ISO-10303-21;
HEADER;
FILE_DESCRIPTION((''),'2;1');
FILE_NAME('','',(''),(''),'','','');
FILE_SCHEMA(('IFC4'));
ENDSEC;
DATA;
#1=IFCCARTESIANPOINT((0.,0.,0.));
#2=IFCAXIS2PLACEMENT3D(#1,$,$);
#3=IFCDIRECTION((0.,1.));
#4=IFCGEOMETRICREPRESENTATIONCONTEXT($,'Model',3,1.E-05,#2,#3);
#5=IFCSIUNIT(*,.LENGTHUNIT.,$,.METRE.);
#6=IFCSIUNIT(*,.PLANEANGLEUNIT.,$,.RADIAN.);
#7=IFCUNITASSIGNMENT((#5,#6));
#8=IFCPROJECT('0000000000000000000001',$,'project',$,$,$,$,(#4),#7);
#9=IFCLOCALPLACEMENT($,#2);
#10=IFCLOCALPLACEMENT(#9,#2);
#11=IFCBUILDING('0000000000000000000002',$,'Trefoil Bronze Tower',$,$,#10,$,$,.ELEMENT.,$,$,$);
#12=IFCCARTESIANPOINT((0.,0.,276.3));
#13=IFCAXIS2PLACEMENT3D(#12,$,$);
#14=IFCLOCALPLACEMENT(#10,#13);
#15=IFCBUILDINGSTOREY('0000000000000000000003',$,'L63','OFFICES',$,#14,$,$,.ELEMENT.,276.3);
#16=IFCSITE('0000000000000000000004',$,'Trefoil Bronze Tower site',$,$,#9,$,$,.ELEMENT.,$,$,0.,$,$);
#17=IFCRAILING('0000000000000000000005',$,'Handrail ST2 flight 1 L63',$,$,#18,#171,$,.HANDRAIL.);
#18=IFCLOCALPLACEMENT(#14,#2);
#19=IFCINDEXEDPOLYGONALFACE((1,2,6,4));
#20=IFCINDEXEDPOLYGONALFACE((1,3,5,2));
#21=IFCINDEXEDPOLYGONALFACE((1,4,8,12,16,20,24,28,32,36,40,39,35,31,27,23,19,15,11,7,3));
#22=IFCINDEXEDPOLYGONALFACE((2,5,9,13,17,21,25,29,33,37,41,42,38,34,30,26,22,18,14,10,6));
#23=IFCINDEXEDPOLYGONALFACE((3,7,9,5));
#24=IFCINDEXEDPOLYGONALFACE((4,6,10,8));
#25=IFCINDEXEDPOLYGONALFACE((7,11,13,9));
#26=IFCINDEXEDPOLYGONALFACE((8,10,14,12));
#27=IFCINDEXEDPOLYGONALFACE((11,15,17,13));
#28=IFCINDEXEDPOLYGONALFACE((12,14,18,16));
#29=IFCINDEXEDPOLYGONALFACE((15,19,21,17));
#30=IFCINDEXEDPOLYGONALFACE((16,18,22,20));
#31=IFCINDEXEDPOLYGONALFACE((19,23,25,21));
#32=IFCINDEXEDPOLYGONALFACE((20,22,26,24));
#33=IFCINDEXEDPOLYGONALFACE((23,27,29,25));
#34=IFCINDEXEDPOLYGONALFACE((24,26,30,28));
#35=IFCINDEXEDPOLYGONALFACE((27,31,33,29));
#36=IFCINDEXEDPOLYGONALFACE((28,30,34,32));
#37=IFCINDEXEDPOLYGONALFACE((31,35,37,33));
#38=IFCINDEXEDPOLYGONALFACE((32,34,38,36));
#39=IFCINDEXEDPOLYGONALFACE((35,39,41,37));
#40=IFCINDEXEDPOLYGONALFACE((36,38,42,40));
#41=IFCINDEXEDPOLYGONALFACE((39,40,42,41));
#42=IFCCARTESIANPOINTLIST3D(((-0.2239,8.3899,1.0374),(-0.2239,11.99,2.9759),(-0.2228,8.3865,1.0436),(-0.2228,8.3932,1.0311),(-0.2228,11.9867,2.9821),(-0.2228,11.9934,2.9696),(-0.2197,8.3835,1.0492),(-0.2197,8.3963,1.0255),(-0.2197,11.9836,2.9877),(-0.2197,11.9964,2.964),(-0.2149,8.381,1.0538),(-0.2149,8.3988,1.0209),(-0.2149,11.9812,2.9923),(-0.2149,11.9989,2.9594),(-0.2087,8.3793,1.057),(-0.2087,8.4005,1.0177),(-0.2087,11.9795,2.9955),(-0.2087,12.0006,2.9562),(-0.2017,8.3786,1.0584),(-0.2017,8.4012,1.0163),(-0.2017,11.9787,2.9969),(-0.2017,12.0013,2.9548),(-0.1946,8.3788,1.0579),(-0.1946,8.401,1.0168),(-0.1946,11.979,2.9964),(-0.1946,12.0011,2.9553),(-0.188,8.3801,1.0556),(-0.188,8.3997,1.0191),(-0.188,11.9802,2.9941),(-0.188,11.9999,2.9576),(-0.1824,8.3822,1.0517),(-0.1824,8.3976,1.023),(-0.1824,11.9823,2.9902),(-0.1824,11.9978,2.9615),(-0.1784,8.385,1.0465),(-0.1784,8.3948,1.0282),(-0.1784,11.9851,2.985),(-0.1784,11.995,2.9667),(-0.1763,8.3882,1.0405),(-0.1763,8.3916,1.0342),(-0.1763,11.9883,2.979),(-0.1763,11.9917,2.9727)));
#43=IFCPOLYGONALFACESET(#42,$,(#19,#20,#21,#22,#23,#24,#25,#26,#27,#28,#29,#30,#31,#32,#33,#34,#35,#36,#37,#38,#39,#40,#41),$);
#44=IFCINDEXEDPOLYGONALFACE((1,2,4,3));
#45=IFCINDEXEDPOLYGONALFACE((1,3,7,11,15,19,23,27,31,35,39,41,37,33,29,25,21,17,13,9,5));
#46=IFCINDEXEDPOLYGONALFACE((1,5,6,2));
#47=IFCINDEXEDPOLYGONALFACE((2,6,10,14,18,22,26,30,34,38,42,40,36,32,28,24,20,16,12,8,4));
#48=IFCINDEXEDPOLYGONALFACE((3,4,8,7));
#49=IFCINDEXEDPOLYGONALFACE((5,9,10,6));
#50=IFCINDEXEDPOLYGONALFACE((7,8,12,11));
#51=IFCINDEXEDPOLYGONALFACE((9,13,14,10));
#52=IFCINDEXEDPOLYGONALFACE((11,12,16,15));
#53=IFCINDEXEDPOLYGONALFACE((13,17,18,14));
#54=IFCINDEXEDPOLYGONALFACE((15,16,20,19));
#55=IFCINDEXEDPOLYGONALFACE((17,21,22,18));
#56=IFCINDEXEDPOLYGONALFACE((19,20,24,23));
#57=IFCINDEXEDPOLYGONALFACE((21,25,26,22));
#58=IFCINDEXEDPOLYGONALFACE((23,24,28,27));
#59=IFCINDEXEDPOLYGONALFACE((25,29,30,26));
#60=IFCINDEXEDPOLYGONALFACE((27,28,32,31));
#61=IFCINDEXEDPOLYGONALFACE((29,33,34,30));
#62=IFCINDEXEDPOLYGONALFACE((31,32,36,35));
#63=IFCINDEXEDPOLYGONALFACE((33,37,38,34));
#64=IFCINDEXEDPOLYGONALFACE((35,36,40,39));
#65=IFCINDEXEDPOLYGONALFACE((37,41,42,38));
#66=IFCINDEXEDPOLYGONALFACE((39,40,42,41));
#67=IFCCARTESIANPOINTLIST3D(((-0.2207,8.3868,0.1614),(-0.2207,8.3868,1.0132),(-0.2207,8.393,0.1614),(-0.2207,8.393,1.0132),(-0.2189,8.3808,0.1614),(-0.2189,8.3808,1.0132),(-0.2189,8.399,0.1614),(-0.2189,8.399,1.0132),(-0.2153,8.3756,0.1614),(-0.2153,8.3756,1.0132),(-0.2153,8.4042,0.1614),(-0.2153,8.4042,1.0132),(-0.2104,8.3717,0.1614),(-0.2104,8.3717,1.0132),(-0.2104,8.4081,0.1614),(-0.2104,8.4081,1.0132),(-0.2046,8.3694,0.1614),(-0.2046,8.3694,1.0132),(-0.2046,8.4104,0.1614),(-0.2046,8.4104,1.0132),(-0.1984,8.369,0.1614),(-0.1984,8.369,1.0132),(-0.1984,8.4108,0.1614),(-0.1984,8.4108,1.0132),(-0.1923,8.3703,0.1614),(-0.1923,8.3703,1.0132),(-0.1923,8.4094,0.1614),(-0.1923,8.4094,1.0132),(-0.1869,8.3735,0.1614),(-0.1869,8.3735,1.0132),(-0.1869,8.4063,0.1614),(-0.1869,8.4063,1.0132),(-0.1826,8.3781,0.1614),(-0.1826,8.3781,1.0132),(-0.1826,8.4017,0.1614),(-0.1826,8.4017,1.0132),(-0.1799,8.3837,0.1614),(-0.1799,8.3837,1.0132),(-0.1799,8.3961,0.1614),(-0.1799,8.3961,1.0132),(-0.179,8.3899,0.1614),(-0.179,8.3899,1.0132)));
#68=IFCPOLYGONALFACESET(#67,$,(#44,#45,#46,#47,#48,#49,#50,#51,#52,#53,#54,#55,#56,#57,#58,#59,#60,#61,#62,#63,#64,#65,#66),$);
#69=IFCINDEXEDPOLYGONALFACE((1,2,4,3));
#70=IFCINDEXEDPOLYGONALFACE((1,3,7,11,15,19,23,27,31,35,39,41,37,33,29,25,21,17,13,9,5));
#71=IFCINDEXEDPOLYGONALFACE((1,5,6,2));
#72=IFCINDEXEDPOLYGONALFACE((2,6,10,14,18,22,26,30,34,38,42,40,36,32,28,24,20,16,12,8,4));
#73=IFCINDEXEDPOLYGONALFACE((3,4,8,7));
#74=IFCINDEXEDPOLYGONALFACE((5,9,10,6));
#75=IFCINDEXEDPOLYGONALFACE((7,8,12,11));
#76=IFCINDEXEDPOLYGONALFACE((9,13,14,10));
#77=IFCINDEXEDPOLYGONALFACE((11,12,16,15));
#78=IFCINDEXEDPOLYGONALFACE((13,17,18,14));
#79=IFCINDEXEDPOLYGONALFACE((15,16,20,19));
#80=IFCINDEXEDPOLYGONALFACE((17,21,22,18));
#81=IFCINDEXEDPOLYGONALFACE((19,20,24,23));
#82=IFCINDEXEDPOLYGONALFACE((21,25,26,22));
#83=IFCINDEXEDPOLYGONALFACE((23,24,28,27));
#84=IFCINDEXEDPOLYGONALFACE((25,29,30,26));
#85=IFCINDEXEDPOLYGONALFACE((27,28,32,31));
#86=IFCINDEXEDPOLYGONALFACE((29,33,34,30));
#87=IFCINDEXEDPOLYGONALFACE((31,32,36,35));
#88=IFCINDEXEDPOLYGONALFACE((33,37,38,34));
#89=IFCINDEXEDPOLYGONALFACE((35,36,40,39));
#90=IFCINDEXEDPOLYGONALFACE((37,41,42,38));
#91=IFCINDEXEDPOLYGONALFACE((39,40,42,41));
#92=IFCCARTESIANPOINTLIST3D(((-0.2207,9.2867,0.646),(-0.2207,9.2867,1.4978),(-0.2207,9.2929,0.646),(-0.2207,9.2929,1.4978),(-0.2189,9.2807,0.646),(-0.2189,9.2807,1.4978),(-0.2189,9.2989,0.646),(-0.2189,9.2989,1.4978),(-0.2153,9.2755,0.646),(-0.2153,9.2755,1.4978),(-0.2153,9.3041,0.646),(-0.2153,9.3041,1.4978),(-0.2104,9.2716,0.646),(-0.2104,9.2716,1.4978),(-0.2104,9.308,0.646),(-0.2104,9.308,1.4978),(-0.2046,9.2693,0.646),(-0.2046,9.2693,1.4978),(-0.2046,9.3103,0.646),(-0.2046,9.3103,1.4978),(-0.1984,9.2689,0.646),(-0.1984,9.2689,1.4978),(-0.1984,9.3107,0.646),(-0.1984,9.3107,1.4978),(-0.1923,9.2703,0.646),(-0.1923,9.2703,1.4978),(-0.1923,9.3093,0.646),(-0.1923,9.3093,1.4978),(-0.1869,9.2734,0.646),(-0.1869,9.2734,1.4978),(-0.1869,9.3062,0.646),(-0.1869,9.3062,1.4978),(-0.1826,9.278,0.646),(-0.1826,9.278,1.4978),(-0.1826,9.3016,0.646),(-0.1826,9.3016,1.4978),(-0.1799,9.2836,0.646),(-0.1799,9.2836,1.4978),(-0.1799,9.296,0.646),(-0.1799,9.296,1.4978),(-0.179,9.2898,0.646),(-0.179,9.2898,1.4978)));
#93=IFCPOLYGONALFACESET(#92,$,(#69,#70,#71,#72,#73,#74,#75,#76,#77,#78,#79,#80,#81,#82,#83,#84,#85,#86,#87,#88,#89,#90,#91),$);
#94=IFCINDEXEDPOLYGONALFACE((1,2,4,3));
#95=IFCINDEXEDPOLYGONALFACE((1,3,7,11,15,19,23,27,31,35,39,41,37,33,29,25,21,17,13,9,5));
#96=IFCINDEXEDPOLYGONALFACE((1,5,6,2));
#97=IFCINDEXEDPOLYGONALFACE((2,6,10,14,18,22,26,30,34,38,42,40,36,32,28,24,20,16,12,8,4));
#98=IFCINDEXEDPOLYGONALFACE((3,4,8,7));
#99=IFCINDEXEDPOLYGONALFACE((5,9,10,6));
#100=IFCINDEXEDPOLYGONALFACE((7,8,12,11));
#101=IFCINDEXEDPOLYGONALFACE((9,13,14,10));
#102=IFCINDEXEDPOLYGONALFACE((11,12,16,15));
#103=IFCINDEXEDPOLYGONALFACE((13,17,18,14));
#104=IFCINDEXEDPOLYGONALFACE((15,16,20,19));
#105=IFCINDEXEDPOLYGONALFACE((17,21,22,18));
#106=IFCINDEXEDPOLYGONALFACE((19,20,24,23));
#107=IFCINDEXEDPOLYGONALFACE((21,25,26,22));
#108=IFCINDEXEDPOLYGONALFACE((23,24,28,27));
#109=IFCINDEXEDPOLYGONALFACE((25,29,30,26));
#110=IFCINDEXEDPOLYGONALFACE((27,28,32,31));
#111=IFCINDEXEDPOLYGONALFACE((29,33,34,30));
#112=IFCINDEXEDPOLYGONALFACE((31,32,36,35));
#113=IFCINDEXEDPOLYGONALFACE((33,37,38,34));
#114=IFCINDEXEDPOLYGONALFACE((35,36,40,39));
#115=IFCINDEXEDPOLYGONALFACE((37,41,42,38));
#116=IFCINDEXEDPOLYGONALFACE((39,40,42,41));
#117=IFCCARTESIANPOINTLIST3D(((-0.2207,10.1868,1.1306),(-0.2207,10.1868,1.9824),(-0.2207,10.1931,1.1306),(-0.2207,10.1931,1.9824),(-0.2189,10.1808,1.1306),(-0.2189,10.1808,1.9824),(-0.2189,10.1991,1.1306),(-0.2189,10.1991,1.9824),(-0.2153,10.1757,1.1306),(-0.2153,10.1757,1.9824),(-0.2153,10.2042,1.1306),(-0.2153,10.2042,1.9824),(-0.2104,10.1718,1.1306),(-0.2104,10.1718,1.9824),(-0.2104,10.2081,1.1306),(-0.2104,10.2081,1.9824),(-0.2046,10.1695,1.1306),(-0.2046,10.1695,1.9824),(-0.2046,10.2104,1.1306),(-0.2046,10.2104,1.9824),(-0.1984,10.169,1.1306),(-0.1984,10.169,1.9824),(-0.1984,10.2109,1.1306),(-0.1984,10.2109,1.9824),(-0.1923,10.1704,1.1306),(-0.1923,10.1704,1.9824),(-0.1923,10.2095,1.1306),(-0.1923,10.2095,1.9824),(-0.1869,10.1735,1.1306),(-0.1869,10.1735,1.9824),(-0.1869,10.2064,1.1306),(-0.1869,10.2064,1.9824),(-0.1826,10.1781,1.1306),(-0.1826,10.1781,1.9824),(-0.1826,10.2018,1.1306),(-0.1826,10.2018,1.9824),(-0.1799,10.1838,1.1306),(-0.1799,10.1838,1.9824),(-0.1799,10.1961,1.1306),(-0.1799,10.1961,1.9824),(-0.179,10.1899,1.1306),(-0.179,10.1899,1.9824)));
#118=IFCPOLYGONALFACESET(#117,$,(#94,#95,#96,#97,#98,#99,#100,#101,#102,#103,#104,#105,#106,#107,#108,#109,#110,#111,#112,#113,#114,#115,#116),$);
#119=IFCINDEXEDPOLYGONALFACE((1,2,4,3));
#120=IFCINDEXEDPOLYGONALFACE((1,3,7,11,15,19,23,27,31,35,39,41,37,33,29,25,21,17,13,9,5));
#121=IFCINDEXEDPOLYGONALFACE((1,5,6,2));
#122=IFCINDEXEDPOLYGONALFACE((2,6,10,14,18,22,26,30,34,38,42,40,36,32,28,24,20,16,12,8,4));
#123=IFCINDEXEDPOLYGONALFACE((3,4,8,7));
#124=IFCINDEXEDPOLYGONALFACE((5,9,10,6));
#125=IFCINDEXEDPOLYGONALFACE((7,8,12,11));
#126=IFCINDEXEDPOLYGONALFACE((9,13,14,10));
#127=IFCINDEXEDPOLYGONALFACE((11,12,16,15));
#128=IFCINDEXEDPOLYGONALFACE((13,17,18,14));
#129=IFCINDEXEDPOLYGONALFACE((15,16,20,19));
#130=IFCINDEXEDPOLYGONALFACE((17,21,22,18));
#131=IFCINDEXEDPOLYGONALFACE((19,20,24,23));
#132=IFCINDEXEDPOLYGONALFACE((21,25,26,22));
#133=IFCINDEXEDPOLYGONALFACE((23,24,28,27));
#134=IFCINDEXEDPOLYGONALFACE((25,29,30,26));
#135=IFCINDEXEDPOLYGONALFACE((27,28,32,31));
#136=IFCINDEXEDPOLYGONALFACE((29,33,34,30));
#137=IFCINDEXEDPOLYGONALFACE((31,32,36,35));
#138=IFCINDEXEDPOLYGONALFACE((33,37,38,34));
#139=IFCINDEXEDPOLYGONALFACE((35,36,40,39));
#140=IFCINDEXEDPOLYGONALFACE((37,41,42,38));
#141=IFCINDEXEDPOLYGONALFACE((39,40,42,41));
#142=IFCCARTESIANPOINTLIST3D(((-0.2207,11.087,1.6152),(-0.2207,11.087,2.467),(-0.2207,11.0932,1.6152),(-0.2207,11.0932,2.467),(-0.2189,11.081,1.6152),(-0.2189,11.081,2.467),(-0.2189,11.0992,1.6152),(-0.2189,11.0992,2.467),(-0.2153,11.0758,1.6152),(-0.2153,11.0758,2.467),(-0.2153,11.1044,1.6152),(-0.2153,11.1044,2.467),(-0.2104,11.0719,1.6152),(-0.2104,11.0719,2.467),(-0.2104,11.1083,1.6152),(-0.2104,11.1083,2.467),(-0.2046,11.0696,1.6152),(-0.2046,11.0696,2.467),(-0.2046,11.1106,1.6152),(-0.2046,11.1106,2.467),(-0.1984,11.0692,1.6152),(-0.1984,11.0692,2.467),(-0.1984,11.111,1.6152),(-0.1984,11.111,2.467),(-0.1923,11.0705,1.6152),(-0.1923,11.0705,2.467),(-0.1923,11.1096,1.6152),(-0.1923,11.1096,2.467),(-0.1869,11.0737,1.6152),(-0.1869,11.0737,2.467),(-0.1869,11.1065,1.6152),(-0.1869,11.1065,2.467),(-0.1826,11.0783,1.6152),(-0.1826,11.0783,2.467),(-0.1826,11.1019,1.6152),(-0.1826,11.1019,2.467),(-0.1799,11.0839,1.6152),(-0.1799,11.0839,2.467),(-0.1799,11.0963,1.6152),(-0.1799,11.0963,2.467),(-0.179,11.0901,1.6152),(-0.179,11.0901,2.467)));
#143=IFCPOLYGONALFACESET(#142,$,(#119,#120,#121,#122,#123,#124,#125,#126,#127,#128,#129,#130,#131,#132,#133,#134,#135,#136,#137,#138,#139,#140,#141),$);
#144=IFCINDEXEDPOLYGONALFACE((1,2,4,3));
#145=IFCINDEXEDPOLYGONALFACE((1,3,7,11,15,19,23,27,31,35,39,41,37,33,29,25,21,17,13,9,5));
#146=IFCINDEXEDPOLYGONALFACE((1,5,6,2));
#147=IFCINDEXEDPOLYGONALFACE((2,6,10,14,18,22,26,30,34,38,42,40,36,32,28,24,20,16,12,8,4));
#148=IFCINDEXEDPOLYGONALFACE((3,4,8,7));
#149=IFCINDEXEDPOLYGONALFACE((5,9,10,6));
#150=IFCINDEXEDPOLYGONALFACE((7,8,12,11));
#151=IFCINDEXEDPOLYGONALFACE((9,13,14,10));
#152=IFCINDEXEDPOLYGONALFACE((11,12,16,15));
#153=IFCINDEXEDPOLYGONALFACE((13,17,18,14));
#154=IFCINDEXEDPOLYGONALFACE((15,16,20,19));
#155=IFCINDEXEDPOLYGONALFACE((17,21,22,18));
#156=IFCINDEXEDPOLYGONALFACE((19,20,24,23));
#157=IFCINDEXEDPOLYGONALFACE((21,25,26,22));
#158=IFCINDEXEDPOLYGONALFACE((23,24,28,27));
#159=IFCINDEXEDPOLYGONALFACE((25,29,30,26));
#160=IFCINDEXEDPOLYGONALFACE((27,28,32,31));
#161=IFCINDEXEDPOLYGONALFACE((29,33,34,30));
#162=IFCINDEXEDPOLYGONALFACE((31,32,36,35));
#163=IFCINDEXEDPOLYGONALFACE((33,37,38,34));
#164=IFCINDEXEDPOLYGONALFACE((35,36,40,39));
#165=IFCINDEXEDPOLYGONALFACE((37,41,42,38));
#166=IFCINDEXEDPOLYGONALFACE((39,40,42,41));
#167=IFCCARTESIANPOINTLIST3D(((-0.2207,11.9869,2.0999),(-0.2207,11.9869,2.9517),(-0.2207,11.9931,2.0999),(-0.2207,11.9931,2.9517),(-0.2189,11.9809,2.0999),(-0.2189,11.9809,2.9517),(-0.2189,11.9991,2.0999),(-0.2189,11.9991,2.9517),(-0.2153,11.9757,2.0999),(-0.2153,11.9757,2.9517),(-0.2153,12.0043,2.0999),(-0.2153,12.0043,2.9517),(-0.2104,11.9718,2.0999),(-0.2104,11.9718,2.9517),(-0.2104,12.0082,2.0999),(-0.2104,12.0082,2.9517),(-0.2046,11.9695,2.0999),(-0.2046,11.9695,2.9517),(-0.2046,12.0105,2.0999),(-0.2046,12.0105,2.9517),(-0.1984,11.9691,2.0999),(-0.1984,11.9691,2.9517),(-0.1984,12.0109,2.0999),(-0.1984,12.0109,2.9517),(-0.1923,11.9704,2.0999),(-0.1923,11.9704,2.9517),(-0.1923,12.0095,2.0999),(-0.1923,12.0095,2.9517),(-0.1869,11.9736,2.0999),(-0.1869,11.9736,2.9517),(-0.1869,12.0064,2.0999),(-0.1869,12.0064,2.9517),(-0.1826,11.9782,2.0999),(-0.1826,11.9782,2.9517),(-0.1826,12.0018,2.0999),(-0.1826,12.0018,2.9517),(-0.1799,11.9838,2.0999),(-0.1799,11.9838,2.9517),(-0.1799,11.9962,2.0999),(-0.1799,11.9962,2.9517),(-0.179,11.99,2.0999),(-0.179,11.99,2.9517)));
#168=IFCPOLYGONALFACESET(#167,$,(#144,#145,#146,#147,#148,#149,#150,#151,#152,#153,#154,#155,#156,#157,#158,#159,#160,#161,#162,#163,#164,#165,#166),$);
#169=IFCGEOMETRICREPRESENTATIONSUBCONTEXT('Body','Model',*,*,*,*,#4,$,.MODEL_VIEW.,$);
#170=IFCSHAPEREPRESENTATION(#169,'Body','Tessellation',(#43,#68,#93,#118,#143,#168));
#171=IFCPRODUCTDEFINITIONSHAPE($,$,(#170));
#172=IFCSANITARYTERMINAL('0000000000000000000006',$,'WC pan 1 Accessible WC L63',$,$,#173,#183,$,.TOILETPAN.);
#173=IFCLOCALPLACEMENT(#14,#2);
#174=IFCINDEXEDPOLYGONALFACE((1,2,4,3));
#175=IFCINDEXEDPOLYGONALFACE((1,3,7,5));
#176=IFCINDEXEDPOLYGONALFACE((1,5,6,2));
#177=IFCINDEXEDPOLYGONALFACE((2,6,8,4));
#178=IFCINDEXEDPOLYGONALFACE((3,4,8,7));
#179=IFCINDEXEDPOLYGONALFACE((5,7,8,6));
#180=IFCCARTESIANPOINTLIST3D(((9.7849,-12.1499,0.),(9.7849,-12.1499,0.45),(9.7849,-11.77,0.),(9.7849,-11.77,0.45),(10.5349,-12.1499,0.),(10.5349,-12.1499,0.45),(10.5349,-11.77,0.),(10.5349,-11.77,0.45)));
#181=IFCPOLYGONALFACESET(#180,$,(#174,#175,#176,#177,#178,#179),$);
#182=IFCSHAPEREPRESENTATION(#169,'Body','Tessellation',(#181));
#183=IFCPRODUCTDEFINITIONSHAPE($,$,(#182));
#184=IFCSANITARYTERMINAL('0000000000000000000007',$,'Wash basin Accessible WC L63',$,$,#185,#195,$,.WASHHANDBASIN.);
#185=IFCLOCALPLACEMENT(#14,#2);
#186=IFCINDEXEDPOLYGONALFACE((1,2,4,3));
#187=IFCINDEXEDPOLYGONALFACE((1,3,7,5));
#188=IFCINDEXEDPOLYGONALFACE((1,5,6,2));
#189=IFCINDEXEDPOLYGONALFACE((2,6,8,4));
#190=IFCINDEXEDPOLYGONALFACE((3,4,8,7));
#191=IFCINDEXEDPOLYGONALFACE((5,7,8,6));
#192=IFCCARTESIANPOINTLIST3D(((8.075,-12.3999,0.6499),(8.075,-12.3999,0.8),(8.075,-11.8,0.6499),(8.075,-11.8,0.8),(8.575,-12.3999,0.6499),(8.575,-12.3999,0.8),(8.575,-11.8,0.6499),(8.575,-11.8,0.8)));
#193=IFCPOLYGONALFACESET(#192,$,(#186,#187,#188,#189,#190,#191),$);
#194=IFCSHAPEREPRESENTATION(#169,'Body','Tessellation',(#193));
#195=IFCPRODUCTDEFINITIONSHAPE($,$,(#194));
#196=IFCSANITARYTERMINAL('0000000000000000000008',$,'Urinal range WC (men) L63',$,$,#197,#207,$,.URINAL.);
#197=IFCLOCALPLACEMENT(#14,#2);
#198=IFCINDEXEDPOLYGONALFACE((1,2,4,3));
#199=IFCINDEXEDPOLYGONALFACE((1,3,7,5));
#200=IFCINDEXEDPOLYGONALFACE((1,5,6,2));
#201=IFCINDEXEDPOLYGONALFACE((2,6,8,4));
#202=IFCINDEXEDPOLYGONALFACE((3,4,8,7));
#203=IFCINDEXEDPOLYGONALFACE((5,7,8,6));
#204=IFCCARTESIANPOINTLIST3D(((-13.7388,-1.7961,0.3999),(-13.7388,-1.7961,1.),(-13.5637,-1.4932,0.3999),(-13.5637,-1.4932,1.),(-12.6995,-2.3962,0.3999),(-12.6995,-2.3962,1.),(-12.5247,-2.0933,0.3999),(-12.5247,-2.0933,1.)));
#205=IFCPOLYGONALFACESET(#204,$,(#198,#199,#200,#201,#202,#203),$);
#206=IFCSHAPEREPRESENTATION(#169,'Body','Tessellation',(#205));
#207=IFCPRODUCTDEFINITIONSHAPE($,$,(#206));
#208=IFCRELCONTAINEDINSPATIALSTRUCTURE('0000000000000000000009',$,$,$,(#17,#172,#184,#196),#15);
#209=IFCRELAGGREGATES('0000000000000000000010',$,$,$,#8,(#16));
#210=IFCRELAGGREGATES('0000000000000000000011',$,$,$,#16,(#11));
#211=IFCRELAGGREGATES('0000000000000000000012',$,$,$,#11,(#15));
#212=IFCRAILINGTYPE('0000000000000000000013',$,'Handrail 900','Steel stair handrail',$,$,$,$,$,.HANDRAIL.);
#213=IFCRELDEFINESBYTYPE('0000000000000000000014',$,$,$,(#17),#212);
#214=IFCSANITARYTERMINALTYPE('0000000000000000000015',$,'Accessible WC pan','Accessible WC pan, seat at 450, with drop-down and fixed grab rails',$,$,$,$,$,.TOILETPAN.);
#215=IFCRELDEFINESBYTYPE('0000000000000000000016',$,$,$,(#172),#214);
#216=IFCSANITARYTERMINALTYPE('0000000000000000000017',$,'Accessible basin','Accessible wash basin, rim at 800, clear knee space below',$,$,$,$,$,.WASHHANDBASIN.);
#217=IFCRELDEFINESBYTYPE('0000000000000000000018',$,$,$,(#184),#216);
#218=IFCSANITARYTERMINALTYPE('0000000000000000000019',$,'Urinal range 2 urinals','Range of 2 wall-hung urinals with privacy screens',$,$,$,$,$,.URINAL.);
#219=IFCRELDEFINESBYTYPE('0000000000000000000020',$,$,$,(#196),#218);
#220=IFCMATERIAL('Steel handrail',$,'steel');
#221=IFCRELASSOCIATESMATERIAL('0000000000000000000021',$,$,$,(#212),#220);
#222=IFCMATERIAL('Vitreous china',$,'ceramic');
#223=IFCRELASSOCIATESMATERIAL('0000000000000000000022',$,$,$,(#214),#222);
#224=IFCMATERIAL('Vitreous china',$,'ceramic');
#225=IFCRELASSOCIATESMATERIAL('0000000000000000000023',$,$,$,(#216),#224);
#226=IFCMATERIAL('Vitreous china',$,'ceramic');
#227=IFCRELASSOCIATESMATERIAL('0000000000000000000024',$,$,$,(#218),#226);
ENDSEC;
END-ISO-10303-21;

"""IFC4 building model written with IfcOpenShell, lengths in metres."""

from ifc_helpers import new_model, si_unit, direction, frame, origin, origin_2d, place, context, subcontext, project, spatial, polyline, circle, outline, extrude, material, type_object, element, save


model = new_model("IFC4")

# Units and contexts
model_context = context("Model", 3, precision=1e-05, world=origin(), true_north=direction((0.0, 1.0)))
body_context = subcontext(model_context, "Body", "Model", "MODEL_VIEW")
ifc_project = project(units=[si_unit("LENGTHUNIT", "METRE"), si_unit("PLANEANGLEUNIT", "RADIAN")], contexts=[model_context])

# Site, building, storey
site_placement = place(None, origin())
site = spatial("IfcSite", under=ifc_project, at=site_placement, Name="Trefoil Bronze Tower site", CompositionType="ELEMENT", RefElevation=0.0)
building_placement = place(site_placement, origin())
building = spatial("IfcBuilding", under=site, at=building_placement, Name="Trefoil Bronze Tower", CompositionType="ELEMENT")
storey_placement = place(building_placement, frame((0.0, 0.0, 276.3)))
storey = spatial("IfcBuildingStorey", under=building, at=storey_placement, Name="L63", Description="OFFICES", CompositionType="ELEMENT", Elevation=276.3)

# Railing
ifc_material_1 = material(Name="Steel handrail", Category="steel")
railing_type = type_object("IfcRailingType", Name="Handrail 900", Description="Steel stair handrail", PredefinedType="HANDRAIL", material=ifc_material_1)
railing_placement = place(storey_placement, frame((-0.2, 8.3899, 0.1614)))
element("IfcRailing", 1, at=railing_placement, inside=storey, type_object=railing_type, Name="Handrail ST2 flight 1 L63", PredefinedType="HANDRAIL", context=body_context, shape_type="SweptSolid", body=[
    extrude(circle(Radius=0.0239, at=origin_2d()), frame((0.0, 0.0, 0.876), z_axis=(0.0, 0.880475, 0.474093), x_axis=(-1.0, 0.0, 0.0)), (0.0, 0.0, 1.0), 4.0889),
    extrude(circle(Radius=0.021, at=origin_2d()), origin(), (0.0, 0.0, 1.0), 0.8518),
    extrude(circle(Radius=0.021, at=origin_2d()), frame((0.0, 0.8999, 0.4846)), (0.0, 0.0, 1.0), 0.8518),
    extrude(circle(Radius=0.021, at=origin_2d()), frame((0.0, 1.8, 0.9692)), (0.0, 0.0, 1.0), 0.8518),
    extrude(circle(Radius=0.021, at=origin_2d()), frame((0.0, 2.7002, 1.4539)), (0.0, 0.0, 1.0), 0.8518),
    extrude(circle(Radius=0.021, at=origin_2d()), frame((0.0, 3.6001, 1.9385)), (0.0, 0.0, 1.0), 0.8518),
])

# Sanitary terminals
ifc_material_2 = material(Name="Vitreous china", Category="ceramic")
sanitary_terminal_type_1 = type_object("IfcSanitaryTerminalType", Name="Accessible WC pan", Description="Accessible WC pan, seat at 450, with drop-down and fixed grab rails", PredefinedType="TOILETPAN", material=ifc_material_2)
sanitary_terminal_1_placement = place(storey_placement, origin())
element("IfcSanitaryTerminal", 2, at=sanitary_terminal_1_placement, inside=storey, type_object=sanitary_terminal_type_1, Name="WC pan 1 Accessible WC L63", PredefinedType="TOILETPAN", context=body_context, shape_type="SweptSolid", body=[
    extrude(outline(polyline([(9.7849, -11.77), (10.5349, -11.77), (10.5349, -12.1499), (9.7849, -12.1499), (9.7849, -11.77)])), origin(), (0.0, 0.0, 1.0), 0.45),
])
ifc_material_3 = material(Name="Vitreous china", Category="ceramic")
sanitary_terminal_type_2 = type_object("IfcSanitaryTerminalType", Name="Accessible basin", Description="Accessible wash basin, rim at 800, clear knee space below", PredefinedType="WASHHANDBASIN", material=ifc_material_3)
sanitary_terminal_2_placement = place(storey_placement, frame((0.0, 0.0, 0.6499)))
element("IfcSanitaryTerminal", 3, at=sanitary_terminal_2_placement, inside=storey, type_object=sanitary_terminal_type_2, Name="Wash basin Accessible WC L63", PredefinedType="WASHHANDBASIN", context=body_context, shape_type="SweptSolid", body=[
    extrude(outline(polyline([(8.075, -11.8), (8.575, -11.8), (8.575, -12.3999), (8.075, -12.3999), (8.075, -11.8)])), origin(), (0.0, 0.0, 1.0), 0.1501),
])
ifc_material_4 = material(Name="Vitreous china", Category="ceramic")
sanitary_terminal_type_3 = type_object("IfcSanitaryTerminalType", Name="Urinal range 2 urinals", Description="Range of 2 wall-hung urinals with privacy screens", PredefinedType="URINAL", material=ifc_material_4)
sanitary_terminal_3_placement = place(storey_placement, frame((0.0, 0.0, 0.3999)))
element("IfcSanitaryTerminal", 4, at=sanitary_terminal_3_placement, inside=storey, type_object=sanitary_terminal_type_3, Name="Urinal range WC (men) L63", PredefinedType="URINAL", context=body_context, shape_type="SweptSolid", body=[
    extrude(outline(polyline([(-12.5247, -2.0933), (-12.6995, -2.3962), (-13.7388, -1.7961), (-13.5637, -1.4932), (-12.5247, -2.0933)])), origin(), (0.0, 0.0, 1.0), 0.6001),
])

save(model, "model.ifc")
